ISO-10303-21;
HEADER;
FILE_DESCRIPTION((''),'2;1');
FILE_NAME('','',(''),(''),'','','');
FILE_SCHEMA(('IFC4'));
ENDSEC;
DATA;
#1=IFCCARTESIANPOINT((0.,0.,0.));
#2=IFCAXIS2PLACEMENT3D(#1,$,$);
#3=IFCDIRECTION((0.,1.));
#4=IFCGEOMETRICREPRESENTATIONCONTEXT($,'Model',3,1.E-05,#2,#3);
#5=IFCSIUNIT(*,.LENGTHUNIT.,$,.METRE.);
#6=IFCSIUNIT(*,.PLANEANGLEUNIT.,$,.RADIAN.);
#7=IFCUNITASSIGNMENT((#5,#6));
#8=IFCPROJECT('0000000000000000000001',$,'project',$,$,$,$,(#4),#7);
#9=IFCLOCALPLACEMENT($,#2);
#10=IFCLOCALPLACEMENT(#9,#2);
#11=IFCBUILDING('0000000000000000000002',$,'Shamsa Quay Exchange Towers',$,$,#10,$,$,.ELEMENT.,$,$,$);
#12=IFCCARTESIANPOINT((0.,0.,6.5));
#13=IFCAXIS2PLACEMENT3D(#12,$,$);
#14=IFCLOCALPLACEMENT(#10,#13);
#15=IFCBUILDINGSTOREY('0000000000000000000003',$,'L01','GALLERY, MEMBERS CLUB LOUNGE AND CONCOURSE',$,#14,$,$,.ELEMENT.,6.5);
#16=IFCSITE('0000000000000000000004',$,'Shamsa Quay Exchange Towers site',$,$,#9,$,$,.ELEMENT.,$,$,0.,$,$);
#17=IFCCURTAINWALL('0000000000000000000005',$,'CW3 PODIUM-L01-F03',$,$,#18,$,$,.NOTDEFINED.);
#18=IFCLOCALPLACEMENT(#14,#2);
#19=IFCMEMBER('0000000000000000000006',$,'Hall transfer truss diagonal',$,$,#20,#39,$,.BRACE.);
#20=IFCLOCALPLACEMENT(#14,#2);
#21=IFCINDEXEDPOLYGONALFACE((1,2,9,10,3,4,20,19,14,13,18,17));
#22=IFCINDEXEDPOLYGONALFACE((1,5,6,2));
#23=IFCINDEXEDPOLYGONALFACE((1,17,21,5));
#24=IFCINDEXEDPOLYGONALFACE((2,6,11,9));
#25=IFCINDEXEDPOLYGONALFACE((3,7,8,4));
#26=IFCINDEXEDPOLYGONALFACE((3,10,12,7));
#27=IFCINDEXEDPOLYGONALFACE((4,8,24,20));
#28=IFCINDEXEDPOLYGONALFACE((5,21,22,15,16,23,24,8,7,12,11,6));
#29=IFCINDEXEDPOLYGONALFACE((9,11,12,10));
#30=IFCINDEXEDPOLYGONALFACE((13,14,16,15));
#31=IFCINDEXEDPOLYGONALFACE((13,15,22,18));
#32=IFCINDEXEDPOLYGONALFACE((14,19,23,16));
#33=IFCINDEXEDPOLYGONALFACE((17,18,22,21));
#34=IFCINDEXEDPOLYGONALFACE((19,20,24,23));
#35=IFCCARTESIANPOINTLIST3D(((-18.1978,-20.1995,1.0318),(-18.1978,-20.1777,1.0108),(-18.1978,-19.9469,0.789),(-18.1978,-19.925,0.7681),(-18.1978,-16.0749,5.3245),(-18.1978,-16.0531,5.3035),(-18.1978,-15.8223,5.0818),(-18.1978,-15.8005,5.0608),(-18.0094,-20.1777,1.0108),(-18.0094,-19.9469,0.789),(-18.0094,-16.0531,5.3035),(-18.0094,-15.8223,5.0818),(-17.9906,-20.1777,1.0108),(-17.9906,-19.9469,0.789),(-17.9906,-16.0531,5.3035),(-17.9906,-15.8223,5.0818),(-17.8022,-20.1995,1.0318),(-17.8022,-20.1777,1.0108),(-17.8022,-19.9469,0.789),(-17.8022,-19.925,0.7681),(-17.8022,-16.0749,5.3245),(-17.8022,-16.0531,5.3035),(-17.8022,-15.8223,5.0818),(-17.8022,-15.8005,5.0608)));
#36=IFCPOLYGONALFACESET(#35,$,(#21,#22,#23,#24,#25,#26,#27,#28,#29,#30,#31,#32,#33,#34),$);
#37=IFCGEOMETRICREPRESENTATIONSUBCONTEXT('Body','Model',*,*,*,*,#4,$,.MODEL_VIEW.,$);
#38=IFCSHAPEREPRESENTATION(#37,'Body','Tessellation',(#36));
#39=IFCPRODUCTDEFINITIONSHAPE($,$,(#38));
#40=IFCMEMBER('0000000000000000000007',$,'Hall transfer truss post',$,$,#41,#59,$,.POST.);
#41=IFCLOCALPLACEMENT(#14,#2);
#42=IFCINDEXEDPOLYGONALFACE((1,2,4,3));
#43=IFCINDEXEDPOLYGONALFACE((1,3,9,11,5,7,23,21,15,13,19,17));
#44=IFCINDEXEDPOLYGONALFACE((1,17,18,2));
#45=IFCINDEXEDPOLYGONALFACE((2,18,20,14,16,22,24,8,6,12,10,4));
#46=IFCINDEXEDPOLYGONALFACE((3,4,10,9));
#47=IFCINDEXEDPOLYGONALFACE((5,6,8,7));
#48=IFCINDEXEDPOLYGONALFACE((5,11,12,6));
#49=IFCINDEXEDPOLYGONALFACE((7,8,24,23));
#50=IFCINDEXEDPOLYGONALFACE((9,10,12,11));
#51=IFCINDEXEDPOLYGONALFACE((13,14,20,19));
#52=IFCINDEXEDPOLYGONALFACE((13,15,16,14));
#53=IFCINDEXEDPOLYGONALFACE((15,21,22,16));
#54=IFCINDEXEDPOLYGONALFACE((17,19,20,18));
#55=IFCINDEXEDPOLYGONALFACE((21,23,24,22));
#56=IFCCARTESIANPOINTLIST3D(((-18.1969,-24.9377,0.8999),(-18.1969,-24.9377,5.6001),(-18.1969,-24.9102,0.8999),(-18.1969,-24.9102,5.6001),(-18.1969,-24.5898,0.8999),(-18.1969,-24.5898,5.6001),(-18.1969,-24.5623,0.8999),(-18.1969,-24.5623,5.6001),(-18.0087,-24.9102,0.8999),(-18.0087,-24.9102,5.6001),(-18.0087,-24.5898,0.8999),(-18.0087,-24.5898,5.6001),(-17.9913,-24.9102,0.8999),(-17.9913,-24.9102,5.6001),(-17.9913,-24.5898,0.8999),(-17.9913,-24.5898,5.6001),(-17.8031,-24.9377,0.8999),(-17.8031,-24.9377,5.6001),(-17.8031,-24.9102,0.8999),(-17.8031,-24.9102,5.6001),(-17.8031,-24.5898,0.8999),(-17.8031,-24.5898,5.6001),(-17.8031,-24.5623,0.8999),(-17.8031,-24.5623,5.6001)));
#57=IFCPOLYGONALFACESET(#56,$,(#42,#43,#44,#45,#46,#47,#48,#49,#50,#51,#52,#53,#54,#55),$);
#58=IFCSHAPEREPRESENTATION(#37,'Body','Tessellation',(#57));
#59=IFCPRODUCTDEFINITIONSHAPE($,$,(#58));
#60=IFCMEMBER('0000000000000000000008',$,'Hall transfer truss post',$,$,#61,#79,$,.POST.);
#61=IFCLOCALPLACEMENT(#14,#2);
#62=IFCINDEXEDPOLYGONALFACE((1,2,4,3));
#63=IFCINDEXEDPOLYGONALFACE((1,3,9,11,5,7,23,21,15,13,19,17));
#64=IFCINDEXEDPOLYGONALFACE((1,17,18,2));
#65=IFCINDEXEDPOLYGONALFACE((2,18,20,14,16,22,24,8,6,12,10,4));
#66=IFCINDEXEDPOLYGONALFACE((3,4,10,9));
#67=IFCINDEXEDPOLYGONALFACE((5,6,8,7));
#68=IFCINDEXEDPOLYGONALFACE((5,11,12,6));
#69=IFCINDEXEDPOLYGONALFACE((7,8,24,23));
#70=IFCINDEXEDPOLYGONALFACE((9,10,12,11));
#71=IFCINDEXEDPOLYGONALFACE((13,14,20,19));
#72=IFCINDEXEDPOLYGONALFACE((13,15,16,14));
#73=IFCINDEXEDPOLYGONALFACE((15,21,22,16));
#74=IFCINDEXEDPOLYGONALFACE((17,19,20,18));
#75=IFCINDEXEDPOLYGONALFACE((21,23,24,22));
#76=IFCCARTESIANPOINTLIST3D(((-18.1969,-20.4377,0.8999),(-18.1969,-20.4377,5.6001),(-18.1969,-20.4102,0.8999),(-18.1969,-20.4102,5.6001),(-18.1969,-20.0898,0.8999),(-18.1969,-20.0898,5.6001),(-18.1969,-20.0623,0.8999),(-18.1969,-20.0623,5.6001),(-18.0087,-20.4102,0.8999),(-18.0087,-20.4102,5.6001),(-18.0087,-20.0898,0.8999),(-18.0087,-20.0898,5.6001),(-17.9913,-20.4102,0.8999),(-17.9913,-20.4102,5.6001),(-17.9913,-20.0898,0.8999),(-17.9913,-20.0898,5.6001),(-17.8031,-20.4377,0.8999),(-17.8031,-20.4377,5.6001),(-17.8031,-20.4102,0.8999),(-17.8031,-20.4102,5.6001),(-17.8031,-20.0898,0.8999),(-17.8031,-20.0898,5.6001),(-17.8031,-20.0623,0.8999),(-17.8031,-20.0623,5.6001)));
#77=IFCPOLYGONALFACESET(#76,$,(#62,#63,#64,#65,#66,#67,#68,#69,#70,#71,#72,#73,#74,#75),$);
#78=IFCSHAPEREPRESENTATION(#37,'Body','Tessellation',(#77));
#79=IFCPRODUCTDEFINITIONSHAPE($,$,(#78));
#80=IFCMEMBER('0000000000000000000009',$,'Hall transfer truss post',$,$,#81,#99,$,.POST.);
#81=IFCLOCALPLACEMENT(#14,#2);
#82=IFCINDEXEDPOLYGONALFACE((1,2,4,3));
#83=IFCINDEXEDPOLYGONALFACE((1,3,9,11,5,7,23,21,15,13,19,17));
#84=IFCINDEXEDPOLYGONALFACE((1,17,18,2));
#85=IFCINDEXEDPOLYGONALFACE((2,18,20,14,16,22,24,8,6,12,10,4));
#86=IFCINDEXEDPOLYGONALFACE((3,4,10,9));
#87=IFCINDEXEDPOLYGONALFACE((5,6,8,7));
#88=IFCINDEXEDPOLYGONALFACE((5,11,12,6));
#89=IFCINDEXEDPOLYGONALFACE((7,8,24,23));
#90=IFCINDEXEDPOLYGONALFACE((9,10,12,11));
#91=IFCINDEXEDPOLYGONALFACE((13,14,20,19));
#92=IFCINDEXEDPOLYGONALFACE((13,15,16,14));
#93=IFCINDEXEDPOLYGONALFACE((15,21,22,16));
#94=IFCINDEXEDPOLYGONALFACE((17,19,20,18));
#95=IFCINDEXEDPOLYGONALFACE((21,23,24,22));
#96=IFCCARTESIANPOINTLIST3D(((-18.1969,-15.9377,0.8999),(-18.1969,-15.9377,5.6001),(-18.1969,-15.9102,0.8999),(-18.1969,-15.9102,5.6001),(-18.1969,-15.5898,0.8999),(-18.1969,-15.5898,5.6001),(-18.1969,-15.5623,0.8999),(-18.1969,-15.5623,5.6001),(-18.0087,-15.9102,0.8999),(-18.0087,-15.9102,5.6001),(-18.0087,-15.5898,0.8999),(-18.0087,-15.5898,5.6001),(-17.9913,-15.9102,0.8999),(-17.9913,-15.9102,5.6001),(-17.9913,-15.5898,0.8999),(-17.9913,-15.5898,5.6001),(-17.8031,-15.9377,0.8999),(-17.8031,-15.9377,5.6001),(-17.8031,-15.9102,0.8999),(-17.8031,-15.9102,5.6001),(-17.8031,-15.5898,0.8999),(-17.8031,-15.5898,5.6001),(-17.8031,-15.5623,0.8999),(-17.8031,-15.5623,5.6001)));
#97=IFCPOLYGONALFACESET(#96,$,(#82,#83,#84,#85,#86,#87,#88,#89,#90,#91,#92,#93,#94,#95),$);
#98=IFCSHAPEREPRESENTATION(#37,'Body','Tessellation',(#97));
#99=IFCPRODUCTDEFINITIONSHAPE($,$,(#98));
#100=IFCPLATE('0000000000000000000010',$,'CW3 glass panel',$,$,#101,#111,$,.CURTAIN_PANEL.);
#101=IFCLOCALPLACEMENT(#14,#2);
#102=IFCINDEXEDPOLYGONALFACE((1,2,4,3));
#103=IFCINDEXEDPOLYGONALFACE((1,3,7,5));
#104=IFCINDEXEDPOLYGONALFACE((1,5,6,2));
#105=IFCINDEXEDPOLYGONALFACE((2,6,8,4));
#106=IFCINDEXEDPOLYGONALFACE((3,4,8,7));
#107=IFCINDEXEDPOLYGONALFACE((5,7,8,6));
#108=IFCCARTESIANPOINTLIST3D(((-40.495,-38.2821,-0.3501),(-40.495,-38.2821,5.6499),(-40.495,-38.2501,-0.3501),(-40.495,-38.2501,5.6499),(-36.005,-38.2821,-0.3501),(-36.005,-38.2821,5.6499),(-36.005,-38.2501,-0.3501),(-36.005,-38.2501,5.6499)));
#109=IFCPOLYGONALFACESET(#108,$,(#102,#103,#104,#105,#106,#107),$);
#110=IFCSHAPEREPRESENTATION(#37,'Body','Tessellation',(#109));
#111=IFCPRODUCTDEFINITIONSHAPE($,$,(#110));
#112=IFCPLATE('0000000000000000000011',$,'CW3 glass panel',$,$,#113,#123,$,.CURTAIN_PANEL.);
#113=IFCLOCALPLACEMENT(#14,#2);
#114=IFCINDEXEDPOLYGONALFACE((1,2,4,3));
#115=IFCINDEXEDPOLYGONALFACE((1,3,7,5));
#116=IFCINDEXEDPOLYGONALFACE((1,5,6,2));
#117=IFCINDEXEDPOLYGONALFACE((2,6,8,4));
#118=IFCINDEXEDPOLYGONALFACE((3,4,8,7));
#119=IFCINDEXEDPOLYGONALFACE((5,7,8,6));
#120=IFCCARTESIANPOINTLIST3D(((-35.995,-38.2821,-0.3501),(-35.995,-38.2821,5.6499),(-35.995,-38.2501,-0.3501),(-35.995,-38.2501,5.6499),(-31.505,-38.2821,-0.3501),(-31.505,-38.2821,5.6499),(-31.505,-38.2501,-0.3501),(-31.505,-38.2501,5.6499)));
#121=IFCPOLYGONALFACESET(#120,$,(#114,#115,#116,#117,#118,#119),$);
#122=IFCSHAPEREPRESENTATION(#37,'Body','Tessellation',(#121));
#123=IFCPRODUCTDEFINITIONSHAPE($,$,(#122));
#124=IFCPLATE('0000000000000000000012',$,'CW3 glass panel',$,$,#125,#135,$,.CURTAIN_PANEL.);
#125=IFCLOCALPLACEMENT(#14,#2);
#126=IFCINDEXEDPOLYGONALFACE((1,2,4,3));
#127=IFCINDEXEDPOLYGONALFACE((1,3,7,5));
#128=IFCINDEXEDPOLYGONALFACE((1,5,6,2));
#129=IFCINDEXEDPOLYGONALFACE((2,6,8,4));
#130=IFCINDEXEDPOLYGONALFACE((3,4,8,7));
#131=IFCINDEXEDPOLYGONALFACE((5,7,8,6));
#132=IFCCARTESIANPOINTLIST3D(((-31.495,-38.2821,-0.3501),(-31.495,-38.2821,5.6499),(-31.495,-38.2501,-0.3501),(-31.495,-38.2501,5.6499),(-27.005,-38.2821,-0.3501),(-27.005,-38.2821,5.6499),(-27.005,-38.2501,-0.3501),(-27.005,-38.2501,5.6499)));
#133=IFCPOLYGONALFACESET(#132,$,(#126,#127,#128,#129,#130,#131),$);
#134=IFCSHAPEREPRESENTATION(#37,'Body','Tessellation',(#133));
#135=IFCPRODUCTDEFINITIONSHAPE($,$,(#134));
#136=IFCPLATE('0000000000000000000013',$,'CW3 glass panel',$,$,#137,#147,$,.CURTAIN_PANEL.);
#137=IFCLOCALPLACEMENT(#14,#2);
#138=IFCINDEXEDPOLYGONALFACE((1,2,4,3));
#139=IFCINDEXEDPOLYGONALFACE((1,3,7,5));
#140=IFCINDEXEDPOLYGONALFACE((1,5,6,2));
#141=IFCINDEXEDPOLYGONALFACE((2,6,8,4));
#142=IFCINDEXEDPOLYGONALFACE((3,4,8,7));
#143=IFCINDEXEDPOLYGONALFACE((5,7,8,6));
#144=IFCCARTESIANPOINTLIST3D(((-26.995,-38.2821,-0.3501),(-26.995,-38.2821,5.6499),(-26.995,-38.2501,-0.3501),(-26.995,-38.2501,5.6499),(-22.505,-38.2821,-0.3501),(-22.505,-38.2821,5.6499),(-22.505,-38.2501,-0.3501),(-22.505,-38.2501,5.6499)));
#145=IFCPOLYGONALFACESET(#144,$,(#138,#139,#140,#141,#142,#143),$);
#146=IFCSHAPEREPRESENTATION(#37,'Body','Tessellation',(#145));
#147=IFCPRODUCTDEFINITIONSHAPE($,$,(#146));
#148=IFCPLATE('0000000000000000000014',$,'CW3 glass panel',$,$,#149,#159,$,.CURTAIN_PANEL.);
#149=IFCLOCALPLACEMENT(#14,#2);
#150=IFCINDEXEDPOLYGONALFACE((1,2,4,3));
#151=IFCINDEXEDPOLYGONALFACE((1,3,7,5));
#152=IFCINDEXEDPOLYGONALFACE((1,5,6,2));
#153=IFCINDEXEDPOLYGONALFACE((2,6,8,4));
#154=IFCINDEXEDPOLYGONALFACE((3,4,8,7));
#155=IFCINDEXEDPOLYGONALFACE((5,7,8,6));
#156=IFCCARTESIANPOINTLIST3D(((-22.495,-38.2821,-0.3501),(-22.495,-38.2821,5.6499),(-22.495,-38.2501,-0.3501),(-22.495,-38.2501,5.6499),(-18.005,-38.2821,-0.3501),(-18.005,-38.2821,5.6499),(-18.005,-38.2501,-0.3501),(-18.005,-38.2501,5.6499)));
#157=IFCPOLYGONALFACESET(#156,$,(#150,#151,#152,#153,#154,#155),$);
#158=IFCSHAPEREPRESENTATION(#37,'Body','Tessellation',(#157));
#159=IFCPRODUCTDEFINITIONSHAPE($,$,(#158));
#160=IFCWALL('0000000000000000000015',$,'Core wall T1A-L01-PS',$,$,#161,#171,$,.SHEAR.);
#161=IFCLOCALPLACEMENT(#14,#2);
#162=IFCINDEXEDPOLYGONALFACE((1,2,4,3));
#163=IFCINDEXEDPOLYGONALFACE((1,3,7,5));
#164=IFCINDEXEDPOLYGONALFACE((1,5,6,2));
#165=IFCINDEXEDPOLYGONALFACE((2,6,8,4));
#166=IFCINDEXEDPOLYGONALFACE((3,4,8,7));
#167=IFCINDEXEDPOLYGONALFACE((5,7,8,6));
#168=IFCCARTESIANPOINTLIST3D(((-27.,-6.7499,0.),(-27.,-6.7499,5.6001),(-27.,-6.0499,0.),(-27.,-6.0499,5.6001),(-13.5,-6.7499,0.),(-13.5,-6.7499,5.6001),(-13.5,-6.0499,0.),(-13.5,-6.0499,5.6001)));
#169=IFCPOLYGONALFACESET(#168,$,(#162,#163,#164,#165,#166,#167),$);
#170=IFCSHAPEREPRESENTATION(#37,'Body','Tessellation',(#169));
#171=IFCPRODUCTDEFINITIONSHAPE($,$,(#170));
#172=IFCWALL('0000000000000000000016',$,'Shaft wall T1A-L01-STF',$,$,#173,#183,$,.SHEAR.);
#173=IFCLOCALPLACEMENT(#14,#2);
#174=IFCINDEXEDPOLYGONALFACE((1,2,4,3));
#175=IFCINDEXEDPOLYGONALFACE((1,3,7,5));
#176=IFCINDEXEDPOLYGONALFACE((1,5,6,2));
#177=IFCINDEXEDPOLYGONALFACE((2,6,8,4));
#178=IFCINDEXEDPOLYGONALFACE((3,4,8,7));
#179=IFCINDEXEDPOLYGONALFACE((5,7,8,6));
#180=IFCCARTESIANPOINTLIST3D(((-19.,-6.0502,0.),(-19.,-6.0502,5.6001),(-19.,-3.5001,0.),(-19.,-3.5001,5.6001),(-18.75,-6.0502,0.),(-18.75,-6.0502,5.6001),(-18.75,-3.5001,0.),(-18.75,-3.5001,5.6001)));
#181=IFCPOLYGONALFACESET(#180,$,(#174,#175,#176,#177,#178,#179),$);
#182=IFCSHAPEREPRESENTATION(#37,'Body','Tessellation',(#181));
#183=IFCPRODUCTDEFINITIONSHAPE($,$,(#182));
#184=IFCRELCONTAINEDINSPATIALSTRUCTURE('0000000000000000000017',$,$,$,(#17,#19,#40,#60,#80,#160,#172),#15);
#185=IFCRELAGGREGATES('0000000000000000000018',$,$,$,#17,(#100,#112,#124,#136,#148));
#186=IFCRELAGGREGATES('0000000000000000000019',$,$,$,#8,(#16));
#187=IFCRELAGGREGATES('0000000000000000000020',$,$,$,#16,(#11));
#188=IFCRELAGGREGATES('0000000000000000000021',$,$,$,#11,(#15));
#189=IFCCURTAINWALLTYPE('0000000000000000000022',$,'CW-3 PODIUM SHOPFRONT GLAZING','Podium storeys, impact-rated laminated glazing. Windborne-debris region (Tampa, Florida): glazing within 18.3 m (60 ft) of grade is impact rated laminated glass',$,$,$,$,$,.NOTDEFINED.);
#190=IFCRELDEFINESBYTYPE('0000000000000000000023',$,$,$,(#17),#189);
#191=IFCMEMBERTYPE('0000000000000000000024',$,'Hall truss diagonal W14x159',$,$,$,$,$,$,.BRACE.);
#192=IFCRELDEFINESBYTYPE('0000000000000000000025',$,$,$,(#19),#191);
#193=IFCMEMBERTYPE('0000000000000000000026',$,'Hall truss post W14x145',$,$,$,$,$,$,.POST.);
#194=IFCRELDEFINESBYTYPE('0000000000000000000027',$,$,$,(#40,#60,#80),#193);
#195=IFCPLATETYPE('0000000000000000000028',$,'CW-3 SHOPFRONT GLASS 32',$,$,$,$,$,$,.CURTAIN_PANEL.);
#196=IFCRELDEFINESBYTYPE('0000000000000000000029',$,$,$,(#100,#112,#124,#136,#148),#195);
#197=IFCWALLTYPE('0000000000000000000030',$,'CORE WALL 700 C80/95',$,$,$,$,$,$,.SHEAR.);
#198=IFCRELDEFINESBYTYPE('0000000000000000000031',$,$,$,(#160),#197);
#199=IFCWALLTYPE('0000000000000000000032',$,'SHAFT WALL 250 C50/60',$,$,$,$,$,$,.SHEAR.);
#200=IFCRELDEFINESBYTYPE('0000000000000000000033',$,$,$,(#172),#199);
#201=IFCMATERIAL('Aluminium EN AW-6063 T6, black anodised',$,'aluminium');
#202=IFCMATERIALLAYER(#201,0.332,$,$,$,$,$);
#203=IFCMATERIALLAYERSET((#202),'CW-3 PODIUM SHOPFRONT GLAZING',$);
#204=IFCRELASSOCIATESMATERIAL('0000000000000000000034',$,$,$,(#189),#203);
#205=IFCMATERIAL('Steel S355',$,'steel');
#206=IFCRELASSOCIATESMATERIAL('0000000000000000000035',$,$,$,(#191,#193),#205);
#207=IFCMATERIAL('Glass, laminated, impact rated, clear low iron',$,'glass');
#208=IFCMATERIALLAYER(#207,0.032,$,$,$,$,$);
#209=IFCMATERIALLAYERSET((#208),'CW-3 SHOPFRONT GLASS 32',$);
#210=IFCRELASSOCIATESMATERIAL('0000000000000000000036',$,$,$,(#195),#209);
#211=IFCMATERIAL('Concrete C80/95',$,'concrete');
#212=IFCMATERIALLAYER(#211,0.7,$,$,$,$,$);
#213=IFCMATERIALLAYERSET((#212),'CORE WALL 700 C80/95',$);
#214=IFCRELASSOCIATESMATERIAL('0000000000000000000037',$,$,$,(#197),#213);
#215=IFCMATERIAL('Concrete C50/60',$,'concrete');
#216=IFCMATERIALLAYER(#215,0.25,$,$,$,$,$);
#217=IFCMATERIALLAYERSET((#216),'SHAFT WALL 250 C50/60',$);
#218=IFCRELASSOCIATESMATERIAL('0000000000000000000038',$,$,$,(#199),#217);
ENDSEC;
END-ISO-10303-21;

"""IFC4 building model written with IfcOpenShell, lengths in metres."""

from ifc_helpers import new_model, si_unit, direction, frame, frame_2d, origin, origin_2d, place, context, subcontext, project, spatial, rectangle, i_section, extrude, material, layer, layer_set, material_profile, profile_set, type_object, element, aggregate, save


model = new_model("IFC4")

# Units and contexts
model_context = context("Model", 3, precision=1e-05, world=origin(), true_north=direction((0.0, 1.0)))
body_context = subcontext(model_context, "Body", "Model", "MODEL_VIEW")
ifc_project = project(units=[si_unit("LENGTHUNIT", "METRE"), si_unit("PLANEANGLEUNIT", "RADIAN")], contexts=[model_context])

# Site, building, storey
site_placement = place(None, origin())
site = spatial("IfcSite", under=ifc_project, at=site_placement, Name="Shamsa Quay Exchange Towers site", CompositionType="ELEMENT", RefElevation=0.0)
building_placement = place(site_placement, origin())
building = spatial("IfcBuilding", under=site, at=building_placement, Name="Shamsa Quay Exchange Towers", CompositionType="ELEMENT")
storey_placement = place(building_placement, frame((0.0, 0.0, 6.5)))
storey = spatial("IfcBuildingStorey", under=building, at=storey_placement, Name="L01", Description="GALLERY, MEMBERS CLUB LOUNGE AND CONCOURSE", CompositionType="ELEMENT", Elevation=6.5)

# Curtain wall
ifc_material_1 = material(Name="Aluminium EN AW-6063 T6, black anodised", Category="aluminium")
ifc_layer_1 = layer(ifc_material_1, 0.332)
ifc_layer_set_1 = layer_set([ifc_layer_1], Name="CW-3 PODIUM SHOPFRONT GLAZING")
curtain_wall_type = type_object("IfcCurtainWallType", Name="CW-3 PODIUM SHOPFRONT GLAZING", Description="Podium storeys, impact-rated laminated glazing. Windborne-debris region (Tampa, Florida): glazing within 18.3 m (60 ft) of grade is impact rated laminated glass", PredefinedType="NOTDEFINED", material=ifc_layer_set_1)
curtain_wall_placement = place(storey_placement, origin())
curtain_wall = element("IfcCurtainWall", 1, at=curtain_wall_placement, inside=storey, type_object=curtain_wall_type, Name="CW3 PODIUM-L01-F03", PredefinedType="NOTDEFINED")

# Members
ifc_material_2 = material(Name="Steel S355", Category="steel")
ifc_material_profile_1 = material_profile(ifc_material_2, i_section(OverallWidth=0.3955, OverallDepth=0.3806, WebThickness=0.0188, FlangeThickness=0.0303, at=origin_2d()), Name="W14x159")
ifc_profile_set_1 = profile_set([ifc_material_profile_1], Name="Steel S355")
member_type_1 = type_object("IfcMemberType", Name="Hall truss diagonal W14x159", PredefinedType="BRACE", material=ifc_profile_set_1)
for number, where, z_axis, x_axis, name in (
    (2, (-18.0, -20.0623, 0.8999), (0.0, 0.692837, 0.721094), (-1.0, 0.0, 0.0), "Hall transfer truss diagonal"),
):
    element("IfcMember", number, at=place(storey_placement, frame(where, z_axis=z_axis, x_axis=x_axis)), inside=storey, type_object=member_type_1, Name=name, PredefinedType="BRACE", context=body_context, shape_type="SweptSolid", body=[
        extrude(i_section(OverallWidth=0.3955, OverallDepth=0.3806, WebThickness=0.0188, FlangeThickness=0.0303, at=origin_2d()), origin(), (0.0, 0.0, 1.0), 5.9531),
    ])
ifc_material_profile_2 = material_profile(ifc_material_2, i_section(OverallWidth=0.3938, OverallDepth=0.3755, WebThickness=0.0173, FlangeThickness=0.0276, at=origin_2d()), Name="W14x145")
ifc_profile_set_2 = profile_set([ifc_material_profile_2], Name="Steel S355")
member_type_2 = type_object("IfcMemberType", Name="Hall truss post W14x145", PredefinedType="POST", material=ifc_profile_set_2)
for number, where, z_axis, x_axis, name in (
    (3, (-18.0, -24.75, 0.8999), (0.0, 0.0, 1.0), (-1.0, 0.0, 0.0), "Hall transfer truss post"),
    (4, (-18.0, -20.25, 0.8999), (0.0, 0.0, 1.0), (-1.0, 0.0, 0.0), "Hall transfer truss post"),
    (5, (-18.0, -15.75, 0.8999), (0.0, 0.0, 1.0), (-1.0, 0.0, 0.0), "Hall transfer truss post"),
):
    element("IfcMember", number, at=place(storey_placement, frame(where, z_axis=z_axis, x_axis=x_axis)), inside=storey, type_object=member_type_2, Name=name, PredefinedType="POST", context=body_context, shape_type="SweptSolid", body=[
        extrude(i_section(OverallWidth=0.3938, OverallDepth=0.3755, WebThickness=0.0173, FlangeThickness=0.0276, at=origin_2d()), origin(), (0.0, 0.0, 1.0), 4.7002),
    ])

# Plates
ifc_material_3 = material(Name="Glass, laminated, impact rated, clear low iron", Category="glass")
ifc_layer_2 = layer(ifc_material_3, 0.032)
ifc_layer_set_2 = layer_set([ifc_layer_2], Name="CW-3 SHOPFRONT GLASS 32")
plate_type = type_object("IfcPlateType", Name="CW-3 SHOPFRONT GLASS 32", PredefinedType="CURTAIN_PANEL", material=ifc_layer_set_2)
plate_1_placement = place(storey_placement, frame((-38.25, -38.2661, -0.3501)))
plate_1 = element("IfcPlate", 6, at=plate_1_placement, type_object=plate_type, Name="CW3 glass panel", PredefinedType="CURTAIN_PANEL", context=body_context, shape_type="SweptSolid", body=[
    extrude(rectangle(XDim=4.49, YDim=0.032, at=origin_2d()), origin(), (0.0, 0.0, 1.0), 6.0),
])
plate_2_placement = place(storey_placement, frame((-33.75, -38.2661, -0.3501)))
plate_2 = element("IfcPlate", 7, at=plate_2_placement, type_object=plate_type, Name="CW3 glass panel", PredefinedType="CURTAIN_PANEL", context=body_context, shape_type="SweptSolid", body=[
    extrude(rectangle(XDim=4.49, YDim=0.032, at=origin_2d()), origin(), (0.0, 0.0, 1.0), 6.0),
])
plate_3_placement = place(storey_placement, frame((-29.25, -38.2661, -0.3501)))
plate_3 = element("IfcPlate", 8, at=plate_3_placement, type_object=plate_type, Name="CW3 glass panel", PredefinedType="CURTAIN_PANEL", context=body_context, shape_type="SweptSolid", body=[
    extrude(rectangle(XDim=4.49, YDim=0.032, at=origin_2d()), origin(), (0.0, 0.0, 1.0), 6.0),
])
plate_4_placement = place(storey_placement, frame((-24.75, -38.2661, -0.3501)))
plate_4 = element("IfcPlate", 9, at=plate_4_placement, type_object=plate_type, Name="CW3 glass panel", PredefinedType="CURTAIN_PANEL", context=body_context, shape_type="SweptSolid", body=[
    extrude(rectangle(XDim=4.49, YDim=0.032, at=origin_2d()), origin(), (0.0, 0.0, 1.0), 6.0),
])
plate_5_placement = place(storey_placement, frame((-20.25, -38.2661, -0.3501)))
plate_5 = element("IfcPlate", 10, at=plate_5_placement, type_object=plate_type, Name="CW3 glass panel", PredefinedType="CURTAIN_PANEL", context=body_context, shape_type="SweptSolid", body=[
    extrude(rectangle(XDim=4.49, YDim=0.032, at=origin_2d()), origin(), (0.0, 0.0, 1.0), 6.0),
])
aggregate(curtain_wall, [plate_1, plate_2, plate_3, plate_4, plate_5])

# Walls
ifc_material_4 = material(Name="Concrete C80/95", Category="concrete")
ifc_layer_3 = layer(ifc_material_4, 0.7)
ifc_layer_set_3 = layer_set([ifc_layer_3], Name="CORE WALL 700 C80/95")
wall_type_1 = type_object("IfcWallType", Name="CORE WALL 700 C80/95", PredefinedType="SHEAR", material=ifc_layer_set_3)
wall_1_placement = place(storey_placement, frame((-27.0, -6.3999, 0.0)))
element("IfcWall", 11, at=wall_1_placement, inside=storey, type_object=wall_type_1, Name="Core wall T1A-L01-PS", PredefinedType="SHEAR", context=body_context, shape_type="SweptSolid", body=[
    extrude(rectangle(XDim=13.5, YDim=0.7, at=frame_2d((6.75, 0.0))), origin(), (0.0, 0.0, 1.0), 5.6001),
])
ifc_material_5 = material(Name="Concrete C50/60", Category="concrete")
ifc_layer_4 = layer(ifc_material_5, 0.25)
ifc_layer_set_4 = layer_set([ifc_layer_4], Name="SHAFT WALL 250 C50/60")
wall_type_2 = type_object("IfcWallType", Name="SHAFT WALL 250 C50/60", PredefinedType="SHEAR", material=ifc_layer_set_4)
wall_2_placement = place(storey_placement, frame((-18.875, -6.05, 0.0), z_axis=(0.0, 0.0, 1.0), x_axis=(0.0, 1.0, 0.0)))
element("IfcWall", 12, at=wall_2_placement, inside=storey, type_object=wall_type_2, Name="Shaft wall T1A-L01-STF", PredefinedType="SHEAR", context=body_context, shape_type="SweptSolid", body=[
    extrude(rectangle(XDim=2.55, YDim=0.25, at=frame_2d((1.2749, 0.0))), origin(), (0.0, 0.0, 1.0), 5.6001),
])

save(model, "model.ifc")
